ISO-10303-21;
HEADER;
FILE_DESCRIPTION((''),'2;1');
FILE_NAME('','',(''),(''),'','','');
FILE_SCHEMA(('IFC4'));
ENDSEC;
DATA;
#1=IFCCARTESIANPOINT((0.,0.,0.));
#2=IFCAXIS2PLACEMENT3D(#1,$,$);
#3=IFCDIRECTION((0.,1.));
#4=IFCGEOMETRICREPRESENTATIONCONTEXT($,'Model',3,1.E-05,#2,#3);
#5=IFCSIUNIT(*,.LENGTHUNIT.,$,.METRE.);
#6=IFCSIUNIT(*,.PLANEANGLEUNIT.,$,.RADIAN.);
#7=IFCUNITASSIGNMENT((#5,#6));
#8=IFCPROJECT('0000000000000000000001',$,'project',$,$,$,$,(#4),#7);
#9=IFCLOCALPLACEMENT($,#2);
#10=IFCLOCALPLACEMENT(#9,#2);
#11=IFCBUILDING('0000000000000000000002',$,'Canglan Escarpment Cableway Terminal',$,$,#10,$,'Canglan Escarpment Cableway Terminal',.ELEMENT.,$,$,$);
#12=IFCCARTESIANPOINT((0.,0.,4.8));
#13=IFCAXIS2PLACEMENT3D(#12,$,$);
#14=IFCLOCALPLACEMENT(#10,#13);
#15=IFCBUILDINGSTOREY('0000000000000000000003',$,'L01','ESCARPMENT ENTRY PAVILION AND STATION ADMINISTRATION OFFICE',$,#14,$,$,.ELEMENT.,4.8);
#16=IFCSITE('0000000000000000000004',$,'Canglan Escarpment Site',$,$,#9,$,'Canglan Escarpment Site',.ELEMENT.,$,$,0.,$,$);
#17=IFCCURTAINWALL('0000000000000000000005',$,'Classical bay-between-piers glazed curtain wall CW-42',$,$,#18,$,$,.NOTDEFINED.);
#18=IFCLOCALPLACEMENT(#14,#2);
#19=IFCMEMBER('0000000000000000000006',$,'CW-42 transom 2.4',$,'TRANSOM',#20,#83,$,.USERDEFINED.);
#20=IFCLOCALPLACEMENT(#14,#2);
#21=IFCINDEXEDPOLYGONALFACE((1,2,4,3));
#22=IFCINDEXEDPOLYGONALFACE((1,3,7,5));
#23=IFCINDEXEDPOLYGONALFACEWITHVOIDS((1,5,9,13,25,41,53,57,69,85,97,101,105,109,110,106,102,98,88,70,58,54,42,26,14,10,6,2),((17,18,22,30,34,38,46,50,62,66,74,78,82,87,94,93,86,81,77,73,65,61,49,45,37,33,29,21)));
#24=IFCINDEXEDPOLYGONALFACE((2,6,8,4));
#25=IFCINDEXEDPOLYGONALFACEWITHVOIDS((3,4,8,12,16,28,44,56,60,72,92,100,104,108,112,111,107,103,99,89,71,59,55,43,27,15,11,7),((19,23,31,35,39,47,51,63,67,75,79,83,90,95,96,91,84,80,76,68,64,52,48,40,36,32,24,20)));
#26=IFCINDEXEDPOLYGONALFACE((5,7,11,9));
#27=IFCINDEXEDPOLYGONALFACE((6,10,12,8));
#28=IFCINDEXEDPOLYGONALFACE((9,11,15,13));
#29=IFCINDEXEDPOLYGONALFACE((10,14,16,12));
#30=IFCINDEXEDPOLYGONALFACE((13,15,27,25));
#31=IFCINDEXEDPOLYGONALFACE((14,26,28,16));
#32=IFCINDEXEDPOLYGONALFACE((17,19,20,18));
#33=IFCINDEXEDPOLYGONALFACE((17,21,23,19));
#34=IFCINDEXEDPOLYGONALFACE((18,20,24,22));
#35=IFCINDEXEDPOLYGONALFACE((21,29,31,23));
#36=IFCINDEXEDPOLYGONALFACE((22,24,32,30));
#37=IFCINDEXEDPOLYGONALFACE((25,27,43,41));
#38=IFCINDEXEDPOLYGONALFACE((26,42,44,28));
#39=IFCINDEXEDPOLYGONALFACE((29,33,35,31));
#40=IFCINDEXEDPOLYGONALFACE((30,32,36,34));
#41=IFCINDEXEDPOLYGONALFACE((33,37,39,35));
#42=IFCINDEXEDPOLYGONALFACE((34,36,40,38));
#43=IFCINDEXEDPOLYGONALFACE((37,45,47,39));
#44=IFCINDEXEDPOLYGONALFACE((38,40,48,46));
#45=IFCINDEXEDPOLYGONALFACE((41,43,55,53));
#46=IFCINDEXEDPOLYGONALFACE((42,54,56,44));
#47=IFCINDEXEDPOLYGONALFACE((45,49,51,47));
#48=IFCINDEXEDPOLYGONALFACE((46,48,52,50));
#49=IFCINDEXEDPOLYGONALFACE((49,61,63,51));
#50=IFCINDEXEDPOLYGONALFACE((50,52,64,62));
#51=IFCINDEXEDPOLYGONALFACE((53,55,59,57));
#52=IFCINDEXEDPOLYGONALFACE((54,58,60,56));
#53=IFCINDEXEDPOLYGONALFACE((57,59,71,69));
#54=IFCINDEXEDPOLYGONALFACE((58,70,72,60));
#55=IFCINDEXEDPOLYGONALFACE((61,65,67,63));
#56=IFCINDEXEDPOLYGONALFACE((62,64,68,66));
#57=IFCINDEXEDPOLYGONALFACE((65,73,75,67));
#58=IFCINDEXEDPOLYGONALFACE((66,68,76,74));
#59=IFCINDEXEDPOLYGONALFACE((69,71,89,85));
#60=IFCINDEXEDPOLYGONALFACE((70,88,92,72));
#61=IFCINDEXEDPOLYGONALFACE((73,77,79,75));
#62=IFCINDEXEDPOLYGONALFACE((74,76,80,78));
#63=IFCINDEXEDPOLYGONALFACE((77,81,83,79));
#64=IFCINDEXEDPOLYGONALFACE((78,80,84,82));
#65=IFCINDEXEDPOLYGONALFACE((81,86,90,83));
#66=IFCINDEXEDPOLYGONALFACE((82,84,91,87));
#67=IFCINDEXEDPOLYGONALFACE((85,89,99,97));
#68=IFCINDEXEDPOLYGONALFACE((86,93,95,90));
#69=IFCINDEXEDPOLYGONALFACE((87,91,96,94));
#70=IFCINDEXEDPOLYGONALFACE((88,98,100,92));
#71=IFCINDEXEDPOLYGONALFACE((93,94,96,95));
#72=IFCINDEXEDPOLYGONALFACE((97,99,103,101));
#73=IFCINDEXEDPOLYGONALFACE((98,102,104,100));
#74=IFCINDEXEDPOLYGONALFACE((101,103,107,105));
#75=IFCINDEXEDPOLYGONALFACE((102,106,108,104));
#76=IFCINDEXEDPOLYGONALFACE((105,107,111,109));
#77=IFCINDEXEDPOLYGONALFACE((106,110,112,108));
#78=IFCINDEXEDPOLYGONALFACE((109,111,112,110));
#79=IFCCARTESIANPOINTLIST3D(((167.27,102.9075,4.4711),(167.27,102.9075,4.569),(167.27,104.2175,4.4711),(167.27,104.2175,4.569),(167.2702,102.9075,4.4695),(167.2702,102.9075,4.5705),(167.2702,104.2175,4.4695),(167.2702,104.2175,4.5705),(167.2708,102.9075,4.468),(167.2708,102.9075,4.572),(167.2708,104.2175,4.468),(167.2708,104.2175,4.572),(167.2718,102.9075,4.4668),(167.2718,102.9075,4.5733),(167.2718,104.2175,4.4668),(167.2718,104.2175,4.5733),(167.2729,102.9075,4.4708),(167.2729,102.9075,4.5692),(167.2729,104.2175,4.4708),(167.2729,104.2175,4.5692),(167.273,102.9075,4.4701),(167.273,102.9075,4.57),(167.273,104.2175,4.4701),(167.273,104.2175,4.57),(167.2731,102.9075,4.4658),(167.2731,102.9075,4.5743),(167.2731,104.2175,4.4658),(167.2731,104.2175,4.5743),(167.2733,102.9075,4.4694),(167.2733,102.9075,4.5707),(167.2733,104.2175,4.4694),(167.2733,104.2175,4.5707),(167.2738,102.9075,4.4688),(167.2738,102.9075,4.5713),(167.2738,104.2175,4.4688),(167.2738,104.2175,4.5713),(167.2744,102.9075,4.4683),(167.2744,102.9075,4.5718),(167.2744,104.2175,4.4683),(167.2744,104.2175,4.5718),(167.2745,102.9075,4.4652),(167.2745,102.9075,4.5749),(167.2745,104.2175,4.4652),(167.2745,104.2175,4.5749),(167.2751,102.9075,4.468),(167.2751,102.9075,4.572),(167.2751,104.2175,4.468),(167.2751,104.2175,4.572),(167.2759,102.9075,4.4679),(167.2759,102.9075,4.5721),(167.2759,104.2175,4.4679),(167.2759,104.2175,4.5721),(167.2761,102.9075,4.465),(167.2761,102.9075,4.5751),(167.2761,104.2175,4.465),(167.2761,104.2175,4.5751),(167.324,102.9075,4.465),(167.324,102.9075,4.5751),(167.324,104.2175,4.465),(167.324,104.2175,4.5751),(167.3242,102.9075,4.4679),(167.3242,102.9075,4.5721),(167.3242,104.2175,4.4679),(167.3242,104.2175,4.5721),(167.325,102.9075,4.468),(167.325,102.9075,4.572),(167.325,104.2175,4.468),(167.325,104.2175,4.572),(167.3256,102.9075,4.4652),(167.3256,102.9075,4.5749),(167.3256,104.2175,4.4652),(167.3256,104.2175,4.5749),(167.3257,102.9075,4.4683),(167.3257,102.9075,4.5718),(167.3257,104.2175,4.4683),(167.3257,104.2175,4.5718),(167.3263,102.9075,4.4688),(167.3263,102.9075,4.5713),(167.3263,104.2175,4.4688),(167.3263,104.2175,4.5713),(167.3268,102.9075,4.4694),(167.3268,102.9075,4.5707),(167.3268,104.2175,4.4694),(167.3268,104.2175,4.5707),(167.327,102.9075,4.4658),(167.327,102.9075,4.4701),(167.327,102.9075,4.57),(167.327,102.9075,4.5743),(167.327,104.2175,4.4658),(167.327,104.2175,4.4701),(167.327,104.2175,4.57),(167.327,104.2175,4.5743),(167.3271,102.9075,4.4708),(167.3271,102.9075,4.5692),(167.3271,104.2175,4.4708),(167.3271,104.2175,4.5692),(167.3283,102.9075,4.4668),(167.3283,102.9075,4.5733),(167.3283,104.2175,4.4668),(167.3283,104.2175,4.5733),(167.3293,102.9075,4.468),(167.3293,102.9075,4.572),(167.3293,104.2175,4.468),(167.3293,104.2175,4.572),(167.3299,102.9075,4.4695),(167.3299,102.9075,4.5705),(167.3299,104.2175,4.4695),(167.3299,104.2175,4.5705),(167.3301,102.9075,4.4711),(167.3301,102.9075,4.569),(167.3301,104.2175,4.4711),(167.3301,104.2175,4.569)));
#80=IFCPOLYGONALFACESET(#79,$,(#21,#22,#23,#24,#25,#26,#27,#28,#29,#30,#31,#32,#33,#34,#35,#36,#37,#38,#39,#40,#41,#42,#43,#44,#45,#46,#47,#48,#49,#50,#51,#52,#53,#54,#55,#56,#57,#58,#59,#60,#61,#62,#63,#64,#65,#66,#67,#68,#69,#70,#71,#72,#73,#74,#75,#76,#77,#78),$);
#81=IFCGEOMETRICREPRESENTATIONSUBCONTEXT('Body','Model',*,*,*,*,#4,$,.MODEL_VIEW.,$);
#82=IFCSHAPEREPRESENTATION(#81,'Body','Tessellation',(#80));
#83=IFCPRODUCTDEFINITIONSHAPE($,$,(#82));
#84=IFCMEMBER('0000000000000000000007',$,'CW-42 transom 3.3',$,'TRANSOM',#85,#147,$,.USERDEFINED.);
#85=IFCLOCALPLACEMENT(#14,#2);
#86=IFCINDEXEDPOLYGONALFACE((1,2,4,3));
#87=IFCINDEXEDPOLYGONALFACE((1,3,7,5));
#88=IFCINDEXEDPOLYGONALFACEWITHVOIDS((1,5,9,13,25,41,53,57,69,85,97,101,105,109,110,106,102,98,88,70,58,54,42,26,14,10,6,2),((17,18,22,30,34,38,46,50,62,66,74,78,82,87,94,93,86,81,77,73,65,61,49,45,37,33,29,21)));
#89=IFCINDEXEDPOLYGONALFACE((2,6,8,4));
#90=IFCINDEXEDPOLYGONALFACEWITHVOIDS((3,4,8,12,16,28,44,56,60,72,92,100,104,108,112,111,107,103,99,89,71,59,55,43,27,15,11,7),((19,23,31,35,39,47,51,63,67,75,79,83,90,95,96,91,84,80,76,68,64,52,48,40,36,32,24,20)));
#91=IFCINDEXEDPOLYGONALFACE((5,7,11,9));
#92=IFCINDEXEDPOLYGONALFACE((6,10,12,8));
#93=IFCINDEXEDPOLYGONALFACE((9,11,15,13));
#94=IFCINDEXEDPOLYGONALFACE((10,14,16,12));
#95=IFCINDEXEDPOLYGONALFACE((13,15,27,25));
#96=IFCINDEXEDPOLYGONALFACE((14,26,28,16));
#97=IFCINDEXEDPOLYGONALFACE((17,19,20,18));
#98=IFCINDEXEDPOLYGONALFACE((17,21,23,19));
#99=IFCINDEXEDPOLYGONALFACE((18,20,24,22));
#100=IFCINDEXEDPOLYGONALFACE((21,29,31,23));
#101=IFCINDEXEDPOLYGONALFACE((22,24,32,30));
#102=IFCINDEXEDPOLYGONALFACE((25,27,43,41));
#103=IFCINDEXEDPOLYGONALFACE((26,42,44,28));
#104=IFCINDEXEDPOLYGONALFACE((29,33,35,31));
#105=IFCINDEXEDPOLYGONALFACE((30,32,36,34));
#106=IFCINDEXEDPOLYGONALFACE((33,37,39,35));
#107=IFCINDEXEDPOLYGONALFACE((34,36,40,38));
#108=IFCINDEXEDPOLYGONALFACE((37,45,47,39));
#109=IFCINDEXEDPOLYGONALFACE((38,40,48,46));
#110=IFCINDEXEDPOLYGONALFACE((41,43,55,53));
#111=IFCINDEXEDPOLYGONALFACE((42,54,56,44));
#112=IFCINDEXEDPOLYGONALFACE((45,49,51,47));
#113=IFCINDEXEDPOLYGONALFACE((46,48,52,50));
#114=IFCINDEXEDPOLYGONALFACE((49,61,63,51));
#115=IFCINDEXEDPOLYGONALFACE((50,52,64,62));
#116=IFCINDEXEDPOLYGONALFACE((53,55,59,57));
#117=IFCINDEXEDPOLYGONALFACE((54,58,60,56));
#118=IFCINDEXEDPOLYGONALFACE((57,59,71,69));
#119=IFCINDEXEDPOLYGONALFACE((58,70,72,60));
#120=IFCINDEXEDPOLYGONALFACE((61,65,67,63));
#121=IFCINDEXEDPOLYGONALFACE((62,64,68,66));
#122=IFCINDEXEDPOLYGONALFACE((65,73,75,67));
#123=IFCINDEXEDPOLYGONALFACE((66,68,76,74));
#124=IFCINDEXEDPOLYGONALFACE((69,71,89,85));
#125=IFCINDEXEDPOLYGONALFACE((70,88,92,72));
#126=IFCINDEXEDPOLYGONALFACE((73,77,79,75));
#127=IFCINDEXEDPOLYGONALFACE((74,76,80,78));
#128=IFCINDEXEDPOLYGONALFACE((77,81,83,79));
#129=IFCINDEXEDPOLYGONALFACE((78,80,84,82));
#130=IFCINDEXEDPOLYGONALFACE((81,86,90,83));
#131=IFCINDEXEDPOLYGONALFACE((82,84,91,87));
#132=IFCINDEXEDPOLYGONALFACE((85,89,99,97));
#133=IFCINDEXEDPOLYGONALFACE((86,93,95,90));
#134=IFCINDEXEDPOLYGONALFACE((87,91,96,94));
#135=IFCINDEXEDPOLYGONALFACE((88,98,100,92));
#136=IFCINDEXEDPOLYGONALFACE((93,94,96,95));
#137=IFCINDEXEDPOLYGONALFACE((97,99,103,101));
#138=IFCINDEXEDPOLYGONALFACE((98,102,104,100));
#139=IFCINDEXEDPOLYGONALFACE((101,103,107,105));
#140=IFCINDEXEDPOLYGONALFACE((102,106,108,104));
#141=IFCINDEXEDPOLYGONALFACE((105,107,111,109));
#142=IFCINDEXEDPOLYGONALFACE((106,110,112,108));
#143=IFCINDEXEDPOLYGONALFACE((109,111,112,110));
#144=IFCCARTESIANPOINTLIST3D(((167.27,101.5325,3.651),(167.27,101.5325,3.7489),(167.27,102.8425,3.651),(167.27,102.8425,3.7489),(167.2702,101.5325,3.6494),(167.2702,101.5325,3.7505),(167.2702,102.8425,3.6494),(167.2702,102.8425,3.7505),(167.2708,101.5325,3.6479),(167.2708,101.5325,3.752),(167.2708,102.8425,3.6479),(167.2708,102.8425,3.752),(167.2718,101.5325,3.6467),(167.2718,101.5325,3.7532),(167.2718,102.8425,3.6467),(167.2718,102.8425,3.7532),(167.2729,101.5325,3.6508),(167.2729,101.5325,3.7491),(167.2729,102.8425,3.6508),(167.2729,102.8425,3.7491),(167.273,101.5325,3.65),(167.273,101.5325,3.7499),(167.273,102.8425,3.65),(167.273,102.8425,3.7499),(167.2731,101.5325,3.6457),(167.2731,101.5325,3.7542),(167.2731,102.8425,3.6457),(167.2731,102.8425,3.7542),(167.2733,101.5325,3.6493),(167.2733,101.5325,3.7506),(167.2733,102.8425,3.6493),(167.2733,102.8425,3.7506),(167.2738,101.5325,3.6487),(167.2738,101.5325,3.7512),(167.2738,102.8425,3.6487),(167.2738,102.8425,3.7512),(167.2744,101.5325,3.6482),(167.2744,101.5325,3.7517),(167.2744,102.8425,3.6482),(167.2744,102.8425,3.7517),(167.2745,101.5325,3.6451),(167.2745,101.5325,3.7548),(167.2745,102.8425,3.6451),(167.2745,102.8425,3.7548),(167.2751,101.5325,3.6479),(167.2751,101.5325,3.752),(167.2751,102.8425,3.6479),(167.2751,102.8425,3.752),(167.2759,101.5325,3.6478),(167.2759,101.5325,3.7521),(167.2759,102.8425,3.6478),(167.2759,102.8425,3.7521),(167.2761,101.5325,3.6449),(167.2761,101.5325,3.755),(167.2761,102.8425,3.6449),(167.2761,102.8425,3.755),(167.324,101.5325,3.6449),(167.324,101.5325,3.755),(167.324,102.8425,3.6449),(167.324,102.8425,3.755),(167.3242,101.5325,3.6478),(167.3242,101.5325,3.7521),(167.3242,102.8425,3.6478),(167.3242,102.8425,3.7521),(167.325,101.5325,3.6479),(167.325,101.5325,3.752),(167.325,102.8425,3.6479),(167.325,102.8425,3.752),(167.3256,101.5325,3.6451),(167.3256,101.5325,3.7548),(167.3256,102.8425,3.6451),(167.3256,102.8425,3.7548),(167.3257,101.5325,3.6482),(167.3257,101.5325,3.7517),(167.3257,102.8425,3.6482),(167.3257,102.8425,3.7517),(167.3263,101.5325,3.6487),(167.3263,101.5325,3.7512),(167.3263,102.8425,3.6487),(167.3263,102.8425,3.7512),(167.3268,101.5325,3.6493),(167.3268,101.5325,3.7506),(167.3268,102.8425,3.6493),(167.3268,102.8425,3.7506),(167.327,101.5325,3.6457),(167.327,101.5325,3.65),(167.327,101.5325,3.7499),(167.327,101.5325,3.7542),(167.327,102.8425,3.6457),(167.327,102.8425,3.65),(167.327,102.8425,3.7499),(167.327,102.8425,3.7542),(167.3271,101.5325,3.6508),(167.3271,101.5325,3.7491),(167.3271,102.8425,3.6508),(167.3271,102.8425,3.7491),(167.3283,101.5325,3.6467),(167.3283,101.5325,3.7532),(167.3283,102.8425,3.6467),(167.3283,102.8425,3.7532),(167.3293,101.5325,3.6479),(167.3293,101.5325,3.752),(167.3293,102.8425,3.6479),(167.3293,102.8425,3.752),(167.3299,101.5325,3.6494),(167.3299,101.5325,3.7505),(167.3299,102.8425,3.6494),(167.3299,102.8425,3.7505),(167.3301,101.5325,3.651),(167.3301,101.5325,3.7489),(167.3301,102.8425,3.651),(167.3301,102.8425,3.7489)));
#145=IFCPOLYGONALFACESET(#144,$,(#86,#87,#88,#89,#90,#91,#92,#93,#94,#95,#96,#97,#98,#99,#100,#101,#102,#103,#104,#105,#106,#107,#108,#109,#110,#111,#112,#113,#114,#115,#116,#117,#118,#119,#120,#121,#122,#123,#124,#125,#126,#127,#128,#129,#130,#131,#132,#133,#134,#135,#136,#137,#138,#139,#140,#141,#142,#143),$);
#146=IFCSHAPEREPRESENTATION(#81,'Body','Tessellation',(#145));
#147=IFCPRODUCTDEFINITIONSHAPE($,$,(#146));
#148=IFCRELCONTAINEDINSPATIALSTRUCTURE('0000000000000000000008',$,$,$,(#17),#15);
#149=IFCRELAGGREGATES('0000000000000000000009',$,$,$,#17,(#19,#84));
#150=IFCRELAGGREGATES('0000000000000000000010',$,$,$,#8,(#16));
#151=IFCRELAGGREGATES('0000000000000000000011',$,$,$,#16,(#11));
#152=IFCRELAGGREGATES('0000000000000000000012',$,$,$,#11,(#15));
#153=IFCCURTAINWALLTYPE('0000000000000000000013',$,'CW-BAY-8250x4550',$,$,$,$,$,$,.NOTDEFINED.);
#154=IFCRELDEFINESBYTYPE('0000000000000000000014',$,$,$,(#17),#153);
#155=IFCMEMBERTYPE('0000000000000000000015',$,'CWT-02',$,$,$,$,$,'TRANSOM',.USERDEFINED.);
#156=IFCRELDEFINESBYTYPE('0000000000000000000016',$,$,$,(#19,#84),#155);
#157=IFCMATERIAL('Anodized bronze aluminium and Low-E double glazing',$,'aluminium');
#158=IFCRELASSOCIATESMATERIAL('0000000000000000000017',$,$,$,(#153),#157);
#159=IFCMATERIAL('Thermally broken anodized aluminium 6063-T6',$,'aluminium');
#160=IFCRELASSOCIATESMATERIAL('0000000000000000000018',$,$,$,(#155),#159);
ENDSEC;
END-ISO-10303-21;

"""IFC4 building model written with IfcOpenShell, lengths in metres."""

from ifc_helpers import new_model, si_unit, direction, frame, origin, origin_2d, place, context, subcontext, project, spatial, hollow_rectangle, extrude, material, material_profile, profile_set, type_object, element, aggregate, save


model = new_model("IFC4")

# Units and contexts
model_context = context("Model", 3, precision=1e-05, world=origin(), true_north=direction((0.0, 1.0)))
body_context = subcontext(model_context, "Body", "Model", "MODEL_VIEW")
ifc_project = project(units=[si_unit("LENGTHUNIT", "METRE"), si_unit("PLANEANGLEUNIT", "RADIAN")], contexts=[model_context])

# Site, building, storey
site_placement = place(None, origin())
site = spatial("IfcSite", under=ifc_project, at=site_placement, Name="Canglan Escarpment Site", LongName="Canglan Escarpment Site", CompositionType="ELEMENT", RefElevation=0.0)
building_placement = place(site_placement, origin())
building = spatial("IfcBuilding", under=site, at=building_placement, Name="Canglan Escarpment Cableway Terminal", LongName="Canglan Escarpment Cableway Terminal", CompositionType="ELEMENT")
storey_placement = place(building_placement, frame((0.0, 0.0, 4.8)))
storey = spatial("IfcBuildingStorey", under=building, at=storey_placement, Name="L01", Description="ESCARPMENT ENTRY PAVILION AND STATION ADMINISTRATION OFFICE", CompositionType="ELEMENT", Elevation=4.8)

# Curtain wall, members
ifc_material_1 = material(Name="Anodized bronze aluminium and Low-E double glazing", Category="aluminium")
curtain_wall_type = type_object("IfcCurtainWallType", Name="CW-BAY-8250x4550", PredefinedType="NOTDEFINED", material=ifc_material_1)
curtain_wall_placement = place(storey_placement, origin())
curtain_wall = element("IfcCurtainWall", 1, at=curtain_wall_placement, inside=storey, type_object=curtain_wall_type, Name="Classical bay-between-piers glazed curtain wall CW-42", PredefinedType="NOTDEFINED")
ifc_material_2 = material(Name="Thermally broken anodized aluminium 6063-T6", Category="aluminium")
ifc_material_profile_1 = material_profile(ifc_material_2, hollow_rectangle(XDim=0.0601, YDim=0.1101, WallThickness=0.0029, InnerFilletRadius=0.0029, OuterFilletRadius=0.0061, at=origin_2d()), Name="ALU-TRAN 60x110x3")
ifc_profile_set_1 = profile_set([ifc_material_profile_1], Name="Thermally broken anodized aluminium 6063-T6")
member_type_1 = type_object("IfcMemberType", Name="CWT-02", ElementType="TRANSOM", PredefinedType="USERDEFINED", material=ifc_profile_set_1)
member_1_placement = place(storey_placement, frame((167.3, 104.2175, 4.52), z_axis=(0.0, -1.0, 0.0), x_axis=(1.0, 0.0, 0.0)))
member_1 = element("IfcMember", 2, at=member_1_placement, type_object=member_type_1, Name="CW-42 transom 2.4", ObjectType="TRANSOM", PredefinedType="USERDEFINED", context=body_context, shape_type="SweptSolid", body=[
    extrude(hollow_rectangle(XDim=0.0601, YDim=0.1101, WallThickness=0.0029, InnerFilletRadius=0.0029, OuterFilletRadius=0.0061, at=origin_2d()), origin(), (0.0, 0.0, 1.0), 1.3101),
])
member_2_placement = place(storey_placement, frame((167.3, 102.8425, 3.7), z_axis=(0.0, -1.0, 0.0), x_axis=(1.0, 0.0, 0.0)))
member_2 = element("IfcMember", 3, at=member_2_placement, type_object=member_type_1, Name="CW-42 transom 3.3", ObjectType="TRANSOM", PredefinedType="USERDEFINED", context=body_context, shape_type="SweptSolid", body=[
    extrude(hollow_rectangle(XDim=0.0601, YDim=0.1101, WallThickness=0.0029, InnerFilletRadius=0.0029, OuterFilletRadius=0.0061, at=origin_2d()), origin(), (0.0, 0.0, 1.0), 1.3101),
])

aggregate(curtain_wall, [member_1, member_2])

save(model, "model.ifc")
